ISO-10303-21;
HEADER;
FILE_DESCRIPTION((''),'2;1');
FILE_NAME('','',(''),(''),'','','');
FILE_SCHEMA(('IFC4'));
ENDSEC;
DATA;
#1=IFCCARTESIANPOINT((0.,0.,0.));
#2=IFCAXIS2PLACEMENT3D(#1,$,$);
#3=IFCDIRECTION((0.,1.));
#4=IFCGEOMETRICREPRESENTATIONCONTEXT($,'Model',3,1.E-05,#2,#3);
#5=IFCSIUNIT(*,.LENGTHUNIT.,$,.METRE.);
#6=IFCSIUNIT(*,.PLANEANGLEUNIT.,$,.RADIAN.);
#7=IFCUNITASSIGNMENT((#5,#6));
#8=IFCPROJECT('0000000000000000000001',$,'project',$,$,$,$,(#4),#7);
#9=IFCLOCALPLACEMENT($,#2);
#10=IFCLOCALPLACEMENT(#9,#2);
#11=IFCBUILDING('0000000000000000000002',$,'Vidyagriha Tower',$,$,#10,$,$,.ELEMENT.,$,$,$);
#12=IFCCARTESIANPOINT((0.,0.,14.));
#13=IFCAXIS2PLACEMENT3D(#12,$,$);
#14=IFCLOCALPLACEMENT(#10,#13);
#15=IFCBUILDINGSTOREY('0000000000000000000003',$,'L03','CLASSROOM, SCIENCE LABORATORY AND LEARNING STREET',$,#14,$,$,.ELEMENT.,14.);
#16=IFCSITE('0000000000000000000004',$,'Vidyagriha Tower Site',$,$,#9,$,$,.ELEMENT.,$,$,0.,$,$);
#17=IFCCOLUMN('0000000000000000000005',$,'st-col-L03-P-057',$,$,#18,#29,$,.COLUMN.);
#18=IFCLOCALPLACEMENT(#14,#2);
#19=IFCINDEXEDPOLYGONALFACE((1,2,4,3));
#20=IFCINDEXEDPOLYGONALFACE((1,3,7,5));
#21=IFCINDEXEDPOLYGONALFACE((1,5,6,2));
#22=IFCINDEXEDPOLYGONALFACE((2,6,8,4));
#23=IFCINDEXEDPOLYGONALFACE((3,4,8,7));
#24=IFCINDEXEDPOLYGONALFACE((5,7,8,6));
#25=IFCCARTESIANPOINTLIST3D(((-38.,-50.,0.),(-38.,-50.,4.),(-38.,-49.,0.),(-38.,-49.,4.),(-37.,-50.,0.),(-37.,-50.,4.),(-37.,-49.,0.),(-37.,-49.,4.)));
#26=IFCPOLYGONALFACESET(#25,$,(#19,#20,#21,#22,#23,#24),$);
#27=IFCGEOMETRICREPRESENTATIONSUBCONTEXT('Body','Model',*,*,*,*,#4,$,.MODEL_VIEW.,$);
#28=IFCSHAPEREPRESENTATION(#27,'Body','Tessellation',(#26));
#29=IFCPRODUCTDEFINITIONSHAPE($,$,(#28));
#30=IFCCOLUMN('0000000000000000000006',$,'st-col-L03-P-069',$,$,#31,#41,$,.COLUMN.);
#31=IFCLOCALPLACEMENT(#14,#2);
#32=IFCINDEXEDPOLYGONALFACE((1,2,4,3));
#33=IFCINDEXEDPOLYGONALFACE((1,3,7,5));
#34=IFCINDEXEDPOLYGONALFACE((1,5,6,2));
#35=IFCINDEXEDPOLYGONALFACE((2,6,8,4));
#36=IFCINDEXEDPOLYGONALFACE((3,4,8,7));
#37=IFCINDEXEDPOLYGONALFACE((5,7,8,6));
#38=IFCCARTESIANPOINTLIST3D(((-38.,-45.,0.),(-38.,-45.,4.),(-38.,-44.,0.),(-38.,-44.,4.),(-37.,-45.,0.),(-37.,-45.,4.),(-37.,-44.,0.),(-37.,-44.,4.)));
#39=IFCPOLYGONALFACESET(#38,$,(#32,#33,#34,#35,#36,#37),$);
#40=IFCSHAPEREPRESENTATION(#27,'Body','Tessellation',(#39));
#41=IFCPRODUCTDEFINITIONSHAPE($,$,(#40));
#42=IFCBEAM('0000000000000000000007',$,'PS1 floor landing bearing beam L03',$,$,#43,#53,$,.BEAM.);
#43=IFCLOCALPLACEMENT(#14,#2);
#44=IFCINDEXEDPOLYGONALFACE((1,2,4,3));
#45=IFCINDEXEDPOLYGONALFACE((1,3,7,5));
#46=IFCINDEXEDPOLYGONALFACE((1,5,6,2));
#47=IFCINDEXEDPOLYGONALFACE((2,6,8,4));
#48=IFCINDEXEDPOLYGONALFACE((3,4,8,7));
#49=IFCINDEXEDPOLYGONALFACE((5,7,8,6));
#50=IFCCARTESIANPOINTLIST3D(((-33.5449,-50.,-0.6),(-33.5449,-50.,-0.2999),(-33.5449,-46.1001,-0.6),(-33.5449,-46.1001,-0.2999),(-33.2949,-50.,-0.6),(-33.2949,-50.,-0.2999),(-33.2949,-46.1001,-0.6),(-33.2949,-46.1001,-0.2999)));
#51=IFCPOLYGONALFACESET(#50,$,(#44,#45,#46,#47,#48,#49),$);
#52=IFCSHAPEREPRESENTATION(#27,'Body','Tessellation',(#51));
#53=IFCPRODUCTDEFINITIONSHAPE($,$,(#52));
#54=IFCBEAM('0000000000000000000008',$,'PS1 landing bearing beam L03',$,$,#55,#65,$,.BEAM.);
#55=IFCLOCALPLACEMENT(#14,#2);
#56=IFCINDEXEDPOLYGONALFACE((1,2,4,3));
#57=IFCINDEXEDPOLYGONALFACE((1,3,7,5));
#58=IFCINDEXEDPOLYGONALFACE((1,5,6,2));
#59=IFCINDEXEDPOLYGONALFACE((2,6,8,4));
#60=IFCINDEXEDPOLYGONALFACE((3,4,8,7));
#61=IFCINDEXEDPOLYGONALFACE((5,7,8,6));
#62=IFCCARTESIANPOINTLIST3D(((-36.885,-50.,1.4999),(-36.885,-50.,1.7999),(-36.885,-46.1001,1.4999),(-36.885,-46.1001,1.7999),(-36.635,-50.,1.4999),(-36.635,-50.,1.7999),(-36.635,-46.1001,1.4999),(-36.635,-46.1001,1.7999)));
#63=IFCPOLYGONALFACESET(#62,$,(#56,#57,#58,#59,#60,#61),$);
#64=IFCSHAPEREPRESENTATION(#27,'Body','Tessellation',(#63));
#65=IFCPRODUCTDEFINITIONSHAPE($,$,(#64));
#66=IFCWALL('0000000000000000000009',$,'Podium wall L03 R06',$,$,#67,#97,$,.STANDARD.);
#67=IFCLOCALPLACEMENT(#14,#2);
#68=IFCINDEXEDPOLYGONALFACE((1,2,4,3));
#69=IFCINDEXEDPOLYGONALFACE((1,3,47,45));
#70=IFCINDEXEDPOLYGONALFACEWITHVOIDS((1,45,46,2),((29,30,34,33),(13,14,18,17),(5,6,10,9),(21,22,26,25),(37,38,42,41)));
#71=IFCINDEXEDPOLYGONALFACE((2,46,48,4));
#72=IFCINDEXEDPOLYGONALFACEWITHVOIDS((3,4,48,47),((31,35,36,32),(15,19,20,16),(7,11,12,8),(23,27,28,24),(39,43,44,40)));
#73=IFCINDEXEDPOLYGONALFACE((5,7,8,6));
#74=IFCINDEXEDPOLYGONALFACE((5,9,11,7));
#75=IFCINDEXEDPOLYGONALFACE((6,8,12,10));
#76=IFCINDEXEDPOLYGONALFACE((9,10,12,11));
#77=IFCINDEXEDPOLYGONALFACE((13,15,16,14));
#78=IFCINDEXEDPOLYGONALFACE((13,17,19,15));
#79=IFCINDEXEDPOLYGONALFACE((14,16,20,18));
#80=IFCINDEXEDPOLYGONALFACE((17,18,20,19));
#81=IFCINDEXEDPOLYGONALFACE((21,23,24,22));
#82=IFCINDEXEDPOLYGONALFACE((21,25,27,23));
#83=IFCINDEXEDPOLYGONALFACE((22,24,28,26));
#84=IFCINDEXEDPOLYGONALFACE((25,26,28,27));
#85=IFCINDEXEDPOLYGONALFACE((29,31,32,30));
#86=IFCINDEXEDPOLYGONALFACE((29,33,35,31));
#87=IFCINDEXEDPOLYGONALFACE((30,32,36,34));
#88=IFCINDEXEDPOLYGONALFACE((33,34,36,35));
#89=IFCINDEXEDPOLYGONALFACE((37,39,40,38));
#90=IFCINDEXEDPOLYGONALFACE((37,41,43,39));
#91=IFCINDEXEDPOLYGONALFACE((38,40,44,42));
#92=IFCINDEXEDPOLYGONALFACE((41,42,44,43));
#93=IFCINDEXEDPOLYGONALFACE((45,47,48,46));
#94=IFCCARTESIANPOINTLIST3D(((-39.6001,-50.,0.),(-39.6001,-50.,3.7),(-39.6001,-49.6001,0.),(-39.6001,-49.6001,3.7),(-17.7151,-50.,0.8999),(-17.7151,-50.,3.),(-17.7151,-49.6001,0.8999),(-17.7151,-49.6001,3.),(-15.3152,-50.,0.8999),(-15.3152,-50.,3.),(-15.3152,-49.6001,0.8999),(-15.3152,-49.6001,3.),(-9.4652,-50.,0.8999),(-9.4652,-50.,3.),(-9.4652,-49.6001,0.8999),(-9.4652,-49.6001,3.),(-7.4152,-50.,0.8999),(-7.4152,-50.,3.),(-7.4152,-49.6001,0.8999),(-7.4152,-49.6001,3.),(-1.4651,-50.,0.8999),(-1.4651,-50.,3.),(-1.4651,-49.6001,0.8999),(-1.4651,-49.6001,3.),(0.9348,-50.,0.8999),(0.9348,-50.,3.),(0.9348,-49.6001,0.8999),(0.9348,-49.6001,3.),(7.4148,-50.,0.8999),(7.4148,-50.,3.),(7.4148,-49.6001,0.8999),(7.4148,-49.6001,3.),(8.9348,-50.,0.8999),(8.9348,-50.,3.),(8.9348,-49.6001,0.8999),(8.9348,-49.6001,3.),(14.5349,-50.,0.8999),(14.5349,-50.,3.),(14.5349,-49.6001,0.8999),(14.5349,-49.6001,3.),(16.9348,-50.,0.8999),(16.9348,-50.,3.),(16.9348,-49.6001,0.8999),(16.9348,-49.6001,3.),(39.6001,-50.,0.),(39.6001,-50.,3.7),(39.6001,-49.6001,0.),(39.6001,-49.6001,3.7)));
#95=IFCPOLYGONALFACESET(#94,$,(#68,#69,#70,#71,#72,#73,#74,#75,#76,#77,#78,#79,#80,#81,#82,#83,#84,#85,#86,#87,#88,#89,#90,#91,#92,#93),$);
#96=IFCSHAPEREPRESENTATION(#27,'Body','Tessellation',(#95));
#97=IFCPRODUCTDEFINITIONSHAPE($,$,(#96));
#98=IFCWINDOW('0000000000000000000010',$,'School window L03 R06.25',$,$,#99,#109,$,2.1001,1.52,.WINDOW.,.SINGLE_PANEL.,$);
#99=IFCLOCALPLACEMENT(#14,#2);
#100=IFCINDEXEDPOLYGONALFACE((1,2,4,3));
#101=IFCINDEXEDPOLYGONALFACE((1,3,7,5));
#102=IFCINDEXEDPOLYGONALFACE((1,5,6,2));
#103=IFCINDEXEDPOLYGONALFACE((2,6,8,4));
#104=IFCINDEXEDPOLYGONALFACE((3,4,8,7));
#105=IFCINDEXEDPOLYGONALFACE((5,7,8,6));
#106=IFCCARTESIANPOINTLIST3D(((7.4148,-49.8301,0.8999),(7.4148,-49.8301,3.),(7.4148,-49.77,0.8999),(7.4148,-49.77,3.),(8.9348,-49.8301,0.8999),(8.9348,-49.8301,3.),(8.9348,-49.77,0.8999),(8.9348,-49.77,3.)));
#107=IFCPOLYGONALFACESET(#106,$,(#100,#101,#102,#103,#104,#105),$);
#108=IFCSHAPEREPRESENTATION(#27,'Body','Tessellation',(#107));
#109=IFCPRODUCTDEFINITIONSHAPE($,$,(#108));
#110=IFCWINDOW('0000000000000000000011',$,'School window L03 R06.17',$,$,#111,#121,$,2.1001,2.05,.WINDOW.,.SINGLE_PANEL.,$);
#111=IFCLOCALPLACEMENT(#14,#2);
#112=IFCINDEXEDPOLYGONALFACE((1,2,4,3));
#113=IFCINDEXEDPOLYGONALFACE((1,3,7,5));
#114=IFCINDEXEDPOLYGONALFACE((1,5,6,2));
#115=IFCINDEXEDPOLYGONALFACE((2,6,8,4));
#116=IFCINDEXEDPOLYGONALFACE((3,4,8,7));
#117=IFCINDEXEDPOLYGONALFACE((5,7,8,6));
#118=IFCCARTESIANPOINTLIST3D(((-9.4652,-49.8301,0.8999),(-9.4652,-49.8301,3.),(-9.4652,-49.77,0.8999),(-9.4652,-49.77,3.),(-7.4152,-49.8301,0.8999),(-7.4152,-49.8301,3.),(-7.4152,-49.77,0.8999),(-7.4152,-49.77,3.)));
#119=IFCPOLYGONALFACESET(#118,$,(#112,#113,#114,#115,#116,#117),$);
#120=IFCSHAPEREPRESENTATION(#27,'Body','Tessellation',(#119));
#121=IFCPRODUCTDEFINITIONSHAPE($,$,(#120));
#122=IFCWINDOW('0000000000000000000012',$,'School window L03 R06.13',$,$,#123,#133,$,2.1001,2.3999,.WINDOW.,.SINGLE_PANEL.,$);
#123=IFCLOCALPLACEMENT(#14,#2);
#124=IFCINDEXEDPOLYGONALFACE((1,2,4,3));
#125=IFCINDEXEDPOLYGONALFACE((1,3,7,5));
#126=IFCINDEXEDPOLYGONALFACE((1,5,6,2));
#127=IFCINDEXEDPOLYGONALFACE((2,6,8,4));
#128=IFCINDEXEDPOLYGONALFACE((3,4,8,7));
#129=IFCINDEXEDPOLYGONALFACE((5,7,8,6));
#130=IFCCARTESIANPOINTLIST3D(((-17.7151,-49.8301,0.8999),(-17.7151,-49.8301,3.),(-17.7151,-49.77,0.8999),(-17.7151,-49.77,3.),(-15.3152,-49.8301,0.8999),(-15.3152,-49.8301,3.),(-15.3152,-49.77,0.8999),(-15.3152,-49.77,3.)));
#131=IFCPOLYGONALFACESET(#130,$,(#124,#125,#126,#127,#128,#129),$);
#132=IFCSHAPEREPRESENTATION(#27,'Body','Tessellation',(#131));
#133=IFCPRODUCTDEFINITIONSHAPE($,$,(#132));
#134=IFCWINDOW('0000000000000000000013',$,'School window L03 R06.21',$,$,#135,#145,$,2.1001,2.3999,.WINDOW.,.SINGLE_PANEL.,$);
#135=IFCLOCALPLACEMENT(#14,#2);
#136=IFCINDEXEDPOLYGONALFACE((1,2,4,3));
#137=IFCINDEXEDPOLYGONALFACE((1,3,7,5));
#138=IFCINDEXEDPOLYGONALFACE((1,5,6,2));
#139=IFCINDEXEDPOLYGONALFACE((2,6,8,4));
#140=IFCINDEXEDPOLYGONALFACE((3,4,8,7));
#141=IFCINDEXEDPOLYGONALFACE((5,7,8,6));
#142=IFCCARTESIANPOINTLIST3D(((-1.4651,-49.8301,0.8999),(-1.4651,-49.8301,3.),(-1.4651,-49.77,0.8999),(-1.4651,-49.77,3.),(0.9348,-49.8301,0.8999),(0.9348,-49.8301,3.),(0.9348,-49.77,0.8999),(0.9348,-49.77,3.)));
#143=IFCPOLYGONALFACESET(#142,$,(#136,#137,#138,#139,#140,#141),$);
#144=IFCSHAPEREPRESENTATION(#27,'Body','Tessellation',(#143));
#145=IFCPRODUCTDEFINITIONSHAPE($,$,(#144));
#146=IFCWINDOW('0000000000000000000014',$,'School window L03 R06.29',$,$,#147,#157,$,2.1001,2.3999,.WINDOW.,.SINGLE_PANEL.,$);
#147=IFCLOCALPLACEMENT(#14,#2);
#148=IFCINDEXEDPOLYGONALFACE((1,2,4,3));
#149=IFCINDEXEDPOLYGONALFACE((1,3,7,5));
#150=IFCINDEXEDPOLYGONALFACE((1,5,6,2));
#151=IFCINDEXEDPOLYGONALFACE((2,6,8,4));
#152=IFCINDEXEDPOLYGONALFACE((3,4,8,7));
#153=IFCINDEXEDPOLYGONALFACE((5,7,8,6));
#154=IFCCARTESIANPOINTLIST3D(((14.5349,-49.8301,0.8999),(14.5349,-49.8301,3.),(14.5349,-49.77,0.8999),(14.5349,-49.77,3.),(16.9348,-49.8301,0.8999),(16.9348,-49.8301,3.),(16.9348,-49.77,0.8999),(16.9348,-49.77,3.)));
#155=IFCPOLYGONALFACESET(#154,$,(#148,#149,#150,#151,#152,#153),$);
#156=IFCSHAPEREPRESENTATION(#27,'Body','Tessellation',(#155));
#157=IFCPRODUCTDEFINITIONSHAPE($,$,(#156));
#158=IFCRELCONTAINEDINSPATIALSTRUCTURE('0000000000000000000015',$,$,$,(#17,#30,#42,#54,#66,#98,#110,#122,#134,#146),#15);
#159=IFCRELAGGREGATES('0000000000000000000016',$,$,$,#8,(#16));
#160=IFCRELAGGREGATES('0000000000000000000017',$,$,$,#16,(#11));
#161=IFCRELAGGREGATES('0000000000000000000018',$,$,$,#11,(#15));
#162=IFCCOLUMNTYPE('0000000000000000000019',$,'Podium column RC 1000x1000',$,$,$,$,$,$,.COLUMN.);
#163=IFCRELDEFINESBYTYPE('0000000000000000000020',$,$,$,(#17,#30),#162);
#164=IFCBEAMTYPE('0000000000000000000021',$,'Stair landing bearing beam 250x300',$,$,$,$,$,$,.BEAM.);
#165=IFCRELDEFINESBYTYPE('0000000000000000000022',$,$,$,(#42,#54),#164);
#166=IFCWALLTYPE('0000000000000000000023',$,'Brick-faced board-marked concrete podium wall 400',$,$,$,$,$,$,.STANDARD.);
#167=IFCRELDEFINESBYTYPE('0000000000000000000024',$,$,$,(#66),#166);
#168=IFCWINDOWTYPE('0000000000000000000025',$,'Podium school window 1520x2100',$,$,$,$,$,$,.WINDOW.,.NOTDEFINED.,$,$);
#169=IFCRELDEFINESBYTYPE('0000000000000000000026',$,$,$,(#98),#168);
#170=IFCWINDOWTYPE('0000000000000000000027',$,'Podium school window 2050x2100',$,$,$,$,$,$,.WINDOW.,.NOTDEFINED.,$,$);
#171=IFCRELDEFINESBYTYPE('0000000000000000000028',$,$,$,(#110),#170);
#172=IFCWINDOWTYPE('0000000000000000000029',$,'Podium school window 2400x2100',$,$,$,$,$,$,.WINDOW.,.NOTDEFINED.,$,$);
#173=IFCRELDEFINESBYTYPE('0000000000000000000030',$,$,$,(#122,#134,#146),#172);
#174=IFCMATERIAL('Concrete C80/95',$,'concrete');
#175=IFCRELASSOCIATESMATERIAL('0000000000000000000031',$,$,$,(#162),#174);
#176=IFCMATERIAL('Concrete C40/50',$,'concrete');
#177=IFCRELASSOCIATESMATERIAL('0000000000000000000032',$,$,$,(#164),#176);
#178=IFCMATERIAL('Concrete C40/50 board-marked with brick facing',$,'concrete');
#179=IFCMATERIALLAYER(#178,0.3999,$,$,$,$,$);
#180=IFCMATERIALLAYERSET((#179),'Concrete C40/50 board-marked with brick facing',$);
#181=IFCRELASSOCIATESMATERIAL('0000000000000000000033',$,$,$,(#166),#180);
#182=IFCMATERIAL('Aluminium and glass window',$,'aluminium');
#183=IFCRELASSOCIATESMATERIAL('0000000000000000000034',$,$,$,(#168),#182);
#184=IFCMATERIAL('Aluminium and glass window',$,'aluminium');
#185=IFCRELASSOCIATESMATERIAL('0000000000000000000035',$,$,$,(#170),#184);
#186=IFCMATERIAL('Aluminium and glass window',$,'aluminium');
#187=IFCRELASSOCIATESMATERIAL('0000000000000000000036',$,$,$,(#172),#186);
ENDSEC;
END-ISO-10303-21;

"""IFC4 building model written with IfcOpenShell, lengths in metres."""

from ifc_helpers import new_model, si_unit, direction, frame, frame_2d, origin, origin_2d, place, context, subcontext, project, spatial, rectangle, extrude, material, layer, layer_set, material_profile, profile_set, type_object, element, fill, save


model = new_model("IFC4")

# Units and contexts
model_context = context("Model", 3, precision=1e-05, world=origin(), true_north=direction((0.0, 1.0)))
body_context = subcontext(model_context, "Body", "Model", "MODEL_VIEW")
ifc_project = project(units=[si_unit("LENGTHUNIT", "METRE"), si_unit("PLANEANGLEUNIT", "RADIAN")], contexts=[model_context])

# Site, building, storey
site_placement = place(None, origin())
site = spatial("IfcSite", under=ifc_project, at=site_placement, Name="Vidyagriha Tower Site", CompositionType="ELEMENT", RefElevation=0.0)
building_placement = place(site_placement, origin())
building = spatial("IfcBuilding", under=site, at=building_placement, Name="Vidyagriha Tower", CompositionType="ELEMENT")
storey_placement = place(building_placement, frame((0.0, 0.0, 14.0)))
storey = spatial("IfcBuildingStorey", under=building, at=storey_placement, Name="L03", Description="CLASSROOM, SCIENCE LABORATORY AND LEARNING STREET", CompositionType="ELEMENT", Elevation=14.0)

# Columns
ifc_material_1 = material(Name="Concrete C80/95", Category="concrete")
ifc_material_profile_1 = material_profile(ifc_material_1, rectangle(XDim=1.0, YDim=1.0, at=origin_2d()), Name="RC 1000x1000")
ifc_profile_set_1 = profile_set([ifc_material_profile_1], Name="Concrete C80/95")
column_type = type_object("IfcColumnType", Name="Podium column RC 1000x1000", PredefinedType="COLUMN", material=ifc_profile_set_1)
for number, where, name in (
    (1, (-37.5, -49.5, 0.0), "st-col-L03-P-057"),
    (2, (-37.5, -44.5, 0.0), "st-col-L03-P-069"),
):
    element("IfcColumn", number, at=place(storey_placement, frame(where)), inside=storey, type_object=column_type, Name=name, PredefinedType="COLUMN", context=body_context, shape_type="SweptSolid", body=[
        extrude(rectangle(XDim=1.0, YDim=1.0, at=origin_2d()), origin(), (0.0, 0.0, 1.0), 4.0),
    ])

# Beams
ifc_material_2 = material(Name="Concrete C40/50", Category="concrete")
ifc_material_profile_2 = material_profile(ifc_material_2, rectangle(XDim=0.25, YDim=0.3, at=origin_2d()), Name="Stair landing bearing beam 250x300")
ifc_profile_set_2 = profile_set([ifc_material_profile_2], Name="Concrete C40/50")
beam_type = type_object("IfcBeamType", Name="Stair landing bearing beam 250x300", PredefinedType="BEAM", material=ifc_profile_set_2)
for number, where, z_axis, x_axis, name in (
    (3, (-33.4199, -50.0, -0.45), (0.0, 1.0, 0.0), (-1.0, 0.0, 0.0), "PS1 floor landing bearing beam L03"),
    (4, (-36.76, -50.0, 1.6499), (0.0, 1.0, 0.0), (-1.0, 0.0, 0.0), "PS1 landing bearing beam L03"),
):
    element("IfcBeam", number, at=place(storey_placement, frame(where, z_axis=z_axis, x_axis=x_axis)), inside=storey, type_object=beam_type, Name=name, PredefinedType="BEAM", context=body_context, shape_type="SweptSolid", body=[
        extrude(rectangle(XDim=0.25, YDim=0.3, at=origin_2d()), origin(), (0.0, 0.0, 1.0), 3.8999),
    ])

# Wall, openings, windows
ifc_material_3 = material(Name="Concrete C40/50 board-marked with brick facing", Category="concrete")
ifc_layer_1 = layer(ifc_material_3, 0.3999)
ifc_layer_set_1 = layer_set([ifc_layer_1], Name="Concrete C40/50 board-marked with brick facing")
wall_type_1 = type_object("IfcWallType", Name="Brick-faced board-marked concrete podium wall 400", PredefinedType="STANDARD", material=ifc_layer_set_1)
wall_1_placement = place(storey_placement, frame((-39.6001, -49.8, 0.0)))
wall_1 = element("IfcWall", 5, at=wall_1_placement, inside=storey, type_object=wall_type_1, Name="Podium wall L03 R06", PredefinedType="STANDARD", context=body_context, shape_type="SweptSolid", body=[
    extrude(rectangle(XDim=79.2002, YDim=0.3999, at=frame_2d((39.6001, 0.0))), origin(), (0.0, 0.0, 1.0), 3.7),
])
opening_1_placement = place(wall_1_placement, frame((21.885, 0.0, 0.8999)))
opening_1 = element("IfcOpeningElement", 6, at=opening_1_placement, cuts=wall_1, PredefinedType="OPENING", context=body_context, shape_type="SweptSolid", body=[
    extrude(rectangle(XDim=2.3999, YDim=2.1001, at=frame_2d((1.2, 1.05))), frame((0.0, 0.21, 0.0), z_axis=(0.0, -1.0, 0.0), x_axis=(1.0, 0.0, 0.0)), (0.0, 0.0, 1.0), 0.4199),
])
opening_2_placement = place(wall_1_placement, frame((30.135, 0.0, 0.8999)))
opening_2 = element("IfcOpeningElement", 7, at=opening_2_placement, cuts=wall_1, PredefinedType="OPENING", context=body_context, shape_type="SweptSolid", body=[
    extrude(rectangle(XDim=2.05, YDim=2.1001, at=frame_2d((1.0249, 1.05))), frame((0.0, 0.21, 0.0), z_axis=(0.0, -1.0, 0.0), x_axis=(1.0, 0.0, 0.0)), (0.0, 0.0, 1.0), 0.4199),
])
opening_3_placement = place(wall_1_placement, frame((38.135, 0.0, 0.8999)))
opening_3 = element("IfcOpeningElement", 8, at=opening_3_placement, cuts=wall_1, PredefinedType="OPENING", context=body_context, shape_type="SweptSolid", body=[
    extrude(rectangle(XDim=2.3999, YDim=2.1001, at=frame_2d((1.2, 1.05))), frame((0.0, 0.21, 0.0), z_axis=(0.0, -1.0, 0.0), x_axis=(1.0, 0.0, 0.0)), (0.0, 0.0, 1.0), 0.4199),
])
opening_4_placement = place(wall_1_placement, frame((47.0149, 0.0, 0.8999)))
opening_4 = element("IfcOpeningElement", 9, at=opening_4_placement, cuts=wall_1, PredefinedType="OPENING", context=body_context, shape_type="SweptSolid", body=[
    extrude(rectangle(XDim=1.52, YDim=2.1001, at=frame_2d((0.76, 1.05))), frame((0.0, 0.21, 0.0), z_axis=(0.0, -1.0, 0.0), x_axis=(1.0, 0.0, 0.0)), (0.0, 0.0, 1.0), 0.4199),
])
opening_5_placement = place(wall_1_placement, frame((54.135, 0.0, 0.8999)))
opening_5 = element("IfcOpeningElement", 10, at=opening_5_placement, cuts=wall_1, PredefinedType="OPENING", context=body_context, shape_type="SweptSolid", body=[
    extrude(rectangle(XDim=2.3999, YDim=2.1001, at=frame_2d((1.2, 1.05))), frame((0.0, 0.21, 0.0), z_axis=(0.0, -1.0, 0.0), x_axis=(1.0, 0.0, 0.0)), (0.0, 0.0, 1.0), 0.4199),
])
ifc_material_4 = material(Name="Aluminium and glass window", Category="aluminium")
window_type_1 = type_object("IfcWindowType", Name="Podium school window 1520x2100", PartitioningType="NOTDEFINED", PredefinedType="WINDOW", material=ifc_material_4)
window_1_placement = place(opening_4_placement, origin())
window_1 = element("IfcWindow", 11, at=window_1_placement, inside=storey, type_object=window_type_1, Name="School window L03 R06.25", OverallHeight=2.1001, OverallWidth=1.52, PartitioningType="SINGLE_PANEL", PredefinedType="WINDOW", context=body_context, shape_type="SweptSolid", body=[
    extrude(rectangle(XDim=1.52, YDim=2.1001, at=frame_2d((0.76, 1.05))), frame((0.0, 0.03, 0.0), z_axis=(0.0, -1.0, 0.0), x_axis=(1.0, 0.0, 0.0)), (0.0, 0.0, 1.0), 0.0601),
])
fill(opening_4, window_1)
ifc_material_5 = material(Name="Aluminium and glass window", Category="aluminium")
window_type_2 = type_object("IfcWindowType", Name="Podium school window 2050x2100", PartitioningType="NOTDEFINED", PredefinedType="WINDOW", material=ifc_material_5)
window_2_placement = place(opening_2_placement, origin())
window_2 = element("IfcWindow", 12, at=window_2_placement, inside=storey, type_object=window_type_2, Name="School window L03 R06.17", OverallHeight=2.1001, OverallWidth=2.05, PartitioningType="SINGLE_PANEL", PredefinedType="WINDOW", context=body_context, shape_type="SweptSolid", body=[
    extrude(rectangle(XDim=2.05, YDim=2.1001, at=frame_2d((1.0249, 1.05))), frame((0.0, 0.03, 0.0), z_axis=(0.0, -1.0, 0.0), x_axis=(1.0, 0.0, 0.0)), (0.0, 0.0, 1.0), 0.0601),
])
fill(opening_2, window_2)
ifc_material_6 = material(Name="Aluminium and glass window", Category="aluminium")
window_type_3 = type_object("IfcWindowType", Name="Podium school window 2400x2100", PartitioningType="NOTDEFINED", PredefinedType="WINDOW", material=ifc_material_6)
window_3_placement = place(opening_1_placement, origin())
window_3 = element("IfcWindow", 13, at=window_3_placement, inside=storey, type_object=window_type_3, Name="School window L03 R06.13", OverallHeight=2.1001, OverallWidth=2.3999, PartitioningType="SINGLE_PANEL", PredefinedType="WINDOW", context=body_context, shape_type="SweptSolid", body=[
    extrude(rectangle(XDim=2.3999, YDim=2.1001, at=frame_2d((1.2, 1.05))), frame((0.0, 0.03, 0.0), z_axis=(0.0, -1.0, 0.0), x_axis=(1.0, 0.0, 0.0)), (0.0, 0.0, 1.0), 0.0601),
])
fill(opening_1, window_3)
window_4_placement = place(opening_3_placement, origin())
window_4 = element("IfcWindow", 14, at=window_4_placement, inside=storey, type_object=window_type_3, Name="School window L03 R06.21", OverallHeight=2.1001, OverallWidth=2.3999, PartitioningType="SINGLE_PANEL", PredefinedType="WINDOW", context=body_context, shape_type="SweptSolid", body=[
    extrude(rectangle(XDim=2.3999, YDim=2.1001, at=frame_2d((1.2, 1.05))), frame((0.0, 0.03, 0.0), z_axis=(0.0, -1.0, 0.0), x_axis=(1.0, 0.0, 0.0)), (0.0, 0.0, 1.0), 0.0601),
])
fill(opening_3, window_4)
window_5_placement = place(opening_5_placement, origin())
window_5 = element("IfcWindow", 15, at=window_5_placement, inside=storey, type_object=window_type_3, Name="School window L03 R06.29", OverallHeight=2.1001, OverallWidth=2.3999, PartitioningType="SINGLE_PANEL", PredefinedType="WINDOW", context=body_context, shape_type="SweptSolid", body=[
    extrude(rectangle(XDim=2.3999, YDim=2.1001, at=frame_2d((1.2, 1.05))), frame((0.0, 0.03, 0.0), z_axis=(0.0, -1.0, 0.0), x_axis=(1.0, 0.0, 0.0)), (0.0, 0.0, 1.0), 0.0601),
])
fill(opening_5, window_5)

save(model, "model.ifc")
